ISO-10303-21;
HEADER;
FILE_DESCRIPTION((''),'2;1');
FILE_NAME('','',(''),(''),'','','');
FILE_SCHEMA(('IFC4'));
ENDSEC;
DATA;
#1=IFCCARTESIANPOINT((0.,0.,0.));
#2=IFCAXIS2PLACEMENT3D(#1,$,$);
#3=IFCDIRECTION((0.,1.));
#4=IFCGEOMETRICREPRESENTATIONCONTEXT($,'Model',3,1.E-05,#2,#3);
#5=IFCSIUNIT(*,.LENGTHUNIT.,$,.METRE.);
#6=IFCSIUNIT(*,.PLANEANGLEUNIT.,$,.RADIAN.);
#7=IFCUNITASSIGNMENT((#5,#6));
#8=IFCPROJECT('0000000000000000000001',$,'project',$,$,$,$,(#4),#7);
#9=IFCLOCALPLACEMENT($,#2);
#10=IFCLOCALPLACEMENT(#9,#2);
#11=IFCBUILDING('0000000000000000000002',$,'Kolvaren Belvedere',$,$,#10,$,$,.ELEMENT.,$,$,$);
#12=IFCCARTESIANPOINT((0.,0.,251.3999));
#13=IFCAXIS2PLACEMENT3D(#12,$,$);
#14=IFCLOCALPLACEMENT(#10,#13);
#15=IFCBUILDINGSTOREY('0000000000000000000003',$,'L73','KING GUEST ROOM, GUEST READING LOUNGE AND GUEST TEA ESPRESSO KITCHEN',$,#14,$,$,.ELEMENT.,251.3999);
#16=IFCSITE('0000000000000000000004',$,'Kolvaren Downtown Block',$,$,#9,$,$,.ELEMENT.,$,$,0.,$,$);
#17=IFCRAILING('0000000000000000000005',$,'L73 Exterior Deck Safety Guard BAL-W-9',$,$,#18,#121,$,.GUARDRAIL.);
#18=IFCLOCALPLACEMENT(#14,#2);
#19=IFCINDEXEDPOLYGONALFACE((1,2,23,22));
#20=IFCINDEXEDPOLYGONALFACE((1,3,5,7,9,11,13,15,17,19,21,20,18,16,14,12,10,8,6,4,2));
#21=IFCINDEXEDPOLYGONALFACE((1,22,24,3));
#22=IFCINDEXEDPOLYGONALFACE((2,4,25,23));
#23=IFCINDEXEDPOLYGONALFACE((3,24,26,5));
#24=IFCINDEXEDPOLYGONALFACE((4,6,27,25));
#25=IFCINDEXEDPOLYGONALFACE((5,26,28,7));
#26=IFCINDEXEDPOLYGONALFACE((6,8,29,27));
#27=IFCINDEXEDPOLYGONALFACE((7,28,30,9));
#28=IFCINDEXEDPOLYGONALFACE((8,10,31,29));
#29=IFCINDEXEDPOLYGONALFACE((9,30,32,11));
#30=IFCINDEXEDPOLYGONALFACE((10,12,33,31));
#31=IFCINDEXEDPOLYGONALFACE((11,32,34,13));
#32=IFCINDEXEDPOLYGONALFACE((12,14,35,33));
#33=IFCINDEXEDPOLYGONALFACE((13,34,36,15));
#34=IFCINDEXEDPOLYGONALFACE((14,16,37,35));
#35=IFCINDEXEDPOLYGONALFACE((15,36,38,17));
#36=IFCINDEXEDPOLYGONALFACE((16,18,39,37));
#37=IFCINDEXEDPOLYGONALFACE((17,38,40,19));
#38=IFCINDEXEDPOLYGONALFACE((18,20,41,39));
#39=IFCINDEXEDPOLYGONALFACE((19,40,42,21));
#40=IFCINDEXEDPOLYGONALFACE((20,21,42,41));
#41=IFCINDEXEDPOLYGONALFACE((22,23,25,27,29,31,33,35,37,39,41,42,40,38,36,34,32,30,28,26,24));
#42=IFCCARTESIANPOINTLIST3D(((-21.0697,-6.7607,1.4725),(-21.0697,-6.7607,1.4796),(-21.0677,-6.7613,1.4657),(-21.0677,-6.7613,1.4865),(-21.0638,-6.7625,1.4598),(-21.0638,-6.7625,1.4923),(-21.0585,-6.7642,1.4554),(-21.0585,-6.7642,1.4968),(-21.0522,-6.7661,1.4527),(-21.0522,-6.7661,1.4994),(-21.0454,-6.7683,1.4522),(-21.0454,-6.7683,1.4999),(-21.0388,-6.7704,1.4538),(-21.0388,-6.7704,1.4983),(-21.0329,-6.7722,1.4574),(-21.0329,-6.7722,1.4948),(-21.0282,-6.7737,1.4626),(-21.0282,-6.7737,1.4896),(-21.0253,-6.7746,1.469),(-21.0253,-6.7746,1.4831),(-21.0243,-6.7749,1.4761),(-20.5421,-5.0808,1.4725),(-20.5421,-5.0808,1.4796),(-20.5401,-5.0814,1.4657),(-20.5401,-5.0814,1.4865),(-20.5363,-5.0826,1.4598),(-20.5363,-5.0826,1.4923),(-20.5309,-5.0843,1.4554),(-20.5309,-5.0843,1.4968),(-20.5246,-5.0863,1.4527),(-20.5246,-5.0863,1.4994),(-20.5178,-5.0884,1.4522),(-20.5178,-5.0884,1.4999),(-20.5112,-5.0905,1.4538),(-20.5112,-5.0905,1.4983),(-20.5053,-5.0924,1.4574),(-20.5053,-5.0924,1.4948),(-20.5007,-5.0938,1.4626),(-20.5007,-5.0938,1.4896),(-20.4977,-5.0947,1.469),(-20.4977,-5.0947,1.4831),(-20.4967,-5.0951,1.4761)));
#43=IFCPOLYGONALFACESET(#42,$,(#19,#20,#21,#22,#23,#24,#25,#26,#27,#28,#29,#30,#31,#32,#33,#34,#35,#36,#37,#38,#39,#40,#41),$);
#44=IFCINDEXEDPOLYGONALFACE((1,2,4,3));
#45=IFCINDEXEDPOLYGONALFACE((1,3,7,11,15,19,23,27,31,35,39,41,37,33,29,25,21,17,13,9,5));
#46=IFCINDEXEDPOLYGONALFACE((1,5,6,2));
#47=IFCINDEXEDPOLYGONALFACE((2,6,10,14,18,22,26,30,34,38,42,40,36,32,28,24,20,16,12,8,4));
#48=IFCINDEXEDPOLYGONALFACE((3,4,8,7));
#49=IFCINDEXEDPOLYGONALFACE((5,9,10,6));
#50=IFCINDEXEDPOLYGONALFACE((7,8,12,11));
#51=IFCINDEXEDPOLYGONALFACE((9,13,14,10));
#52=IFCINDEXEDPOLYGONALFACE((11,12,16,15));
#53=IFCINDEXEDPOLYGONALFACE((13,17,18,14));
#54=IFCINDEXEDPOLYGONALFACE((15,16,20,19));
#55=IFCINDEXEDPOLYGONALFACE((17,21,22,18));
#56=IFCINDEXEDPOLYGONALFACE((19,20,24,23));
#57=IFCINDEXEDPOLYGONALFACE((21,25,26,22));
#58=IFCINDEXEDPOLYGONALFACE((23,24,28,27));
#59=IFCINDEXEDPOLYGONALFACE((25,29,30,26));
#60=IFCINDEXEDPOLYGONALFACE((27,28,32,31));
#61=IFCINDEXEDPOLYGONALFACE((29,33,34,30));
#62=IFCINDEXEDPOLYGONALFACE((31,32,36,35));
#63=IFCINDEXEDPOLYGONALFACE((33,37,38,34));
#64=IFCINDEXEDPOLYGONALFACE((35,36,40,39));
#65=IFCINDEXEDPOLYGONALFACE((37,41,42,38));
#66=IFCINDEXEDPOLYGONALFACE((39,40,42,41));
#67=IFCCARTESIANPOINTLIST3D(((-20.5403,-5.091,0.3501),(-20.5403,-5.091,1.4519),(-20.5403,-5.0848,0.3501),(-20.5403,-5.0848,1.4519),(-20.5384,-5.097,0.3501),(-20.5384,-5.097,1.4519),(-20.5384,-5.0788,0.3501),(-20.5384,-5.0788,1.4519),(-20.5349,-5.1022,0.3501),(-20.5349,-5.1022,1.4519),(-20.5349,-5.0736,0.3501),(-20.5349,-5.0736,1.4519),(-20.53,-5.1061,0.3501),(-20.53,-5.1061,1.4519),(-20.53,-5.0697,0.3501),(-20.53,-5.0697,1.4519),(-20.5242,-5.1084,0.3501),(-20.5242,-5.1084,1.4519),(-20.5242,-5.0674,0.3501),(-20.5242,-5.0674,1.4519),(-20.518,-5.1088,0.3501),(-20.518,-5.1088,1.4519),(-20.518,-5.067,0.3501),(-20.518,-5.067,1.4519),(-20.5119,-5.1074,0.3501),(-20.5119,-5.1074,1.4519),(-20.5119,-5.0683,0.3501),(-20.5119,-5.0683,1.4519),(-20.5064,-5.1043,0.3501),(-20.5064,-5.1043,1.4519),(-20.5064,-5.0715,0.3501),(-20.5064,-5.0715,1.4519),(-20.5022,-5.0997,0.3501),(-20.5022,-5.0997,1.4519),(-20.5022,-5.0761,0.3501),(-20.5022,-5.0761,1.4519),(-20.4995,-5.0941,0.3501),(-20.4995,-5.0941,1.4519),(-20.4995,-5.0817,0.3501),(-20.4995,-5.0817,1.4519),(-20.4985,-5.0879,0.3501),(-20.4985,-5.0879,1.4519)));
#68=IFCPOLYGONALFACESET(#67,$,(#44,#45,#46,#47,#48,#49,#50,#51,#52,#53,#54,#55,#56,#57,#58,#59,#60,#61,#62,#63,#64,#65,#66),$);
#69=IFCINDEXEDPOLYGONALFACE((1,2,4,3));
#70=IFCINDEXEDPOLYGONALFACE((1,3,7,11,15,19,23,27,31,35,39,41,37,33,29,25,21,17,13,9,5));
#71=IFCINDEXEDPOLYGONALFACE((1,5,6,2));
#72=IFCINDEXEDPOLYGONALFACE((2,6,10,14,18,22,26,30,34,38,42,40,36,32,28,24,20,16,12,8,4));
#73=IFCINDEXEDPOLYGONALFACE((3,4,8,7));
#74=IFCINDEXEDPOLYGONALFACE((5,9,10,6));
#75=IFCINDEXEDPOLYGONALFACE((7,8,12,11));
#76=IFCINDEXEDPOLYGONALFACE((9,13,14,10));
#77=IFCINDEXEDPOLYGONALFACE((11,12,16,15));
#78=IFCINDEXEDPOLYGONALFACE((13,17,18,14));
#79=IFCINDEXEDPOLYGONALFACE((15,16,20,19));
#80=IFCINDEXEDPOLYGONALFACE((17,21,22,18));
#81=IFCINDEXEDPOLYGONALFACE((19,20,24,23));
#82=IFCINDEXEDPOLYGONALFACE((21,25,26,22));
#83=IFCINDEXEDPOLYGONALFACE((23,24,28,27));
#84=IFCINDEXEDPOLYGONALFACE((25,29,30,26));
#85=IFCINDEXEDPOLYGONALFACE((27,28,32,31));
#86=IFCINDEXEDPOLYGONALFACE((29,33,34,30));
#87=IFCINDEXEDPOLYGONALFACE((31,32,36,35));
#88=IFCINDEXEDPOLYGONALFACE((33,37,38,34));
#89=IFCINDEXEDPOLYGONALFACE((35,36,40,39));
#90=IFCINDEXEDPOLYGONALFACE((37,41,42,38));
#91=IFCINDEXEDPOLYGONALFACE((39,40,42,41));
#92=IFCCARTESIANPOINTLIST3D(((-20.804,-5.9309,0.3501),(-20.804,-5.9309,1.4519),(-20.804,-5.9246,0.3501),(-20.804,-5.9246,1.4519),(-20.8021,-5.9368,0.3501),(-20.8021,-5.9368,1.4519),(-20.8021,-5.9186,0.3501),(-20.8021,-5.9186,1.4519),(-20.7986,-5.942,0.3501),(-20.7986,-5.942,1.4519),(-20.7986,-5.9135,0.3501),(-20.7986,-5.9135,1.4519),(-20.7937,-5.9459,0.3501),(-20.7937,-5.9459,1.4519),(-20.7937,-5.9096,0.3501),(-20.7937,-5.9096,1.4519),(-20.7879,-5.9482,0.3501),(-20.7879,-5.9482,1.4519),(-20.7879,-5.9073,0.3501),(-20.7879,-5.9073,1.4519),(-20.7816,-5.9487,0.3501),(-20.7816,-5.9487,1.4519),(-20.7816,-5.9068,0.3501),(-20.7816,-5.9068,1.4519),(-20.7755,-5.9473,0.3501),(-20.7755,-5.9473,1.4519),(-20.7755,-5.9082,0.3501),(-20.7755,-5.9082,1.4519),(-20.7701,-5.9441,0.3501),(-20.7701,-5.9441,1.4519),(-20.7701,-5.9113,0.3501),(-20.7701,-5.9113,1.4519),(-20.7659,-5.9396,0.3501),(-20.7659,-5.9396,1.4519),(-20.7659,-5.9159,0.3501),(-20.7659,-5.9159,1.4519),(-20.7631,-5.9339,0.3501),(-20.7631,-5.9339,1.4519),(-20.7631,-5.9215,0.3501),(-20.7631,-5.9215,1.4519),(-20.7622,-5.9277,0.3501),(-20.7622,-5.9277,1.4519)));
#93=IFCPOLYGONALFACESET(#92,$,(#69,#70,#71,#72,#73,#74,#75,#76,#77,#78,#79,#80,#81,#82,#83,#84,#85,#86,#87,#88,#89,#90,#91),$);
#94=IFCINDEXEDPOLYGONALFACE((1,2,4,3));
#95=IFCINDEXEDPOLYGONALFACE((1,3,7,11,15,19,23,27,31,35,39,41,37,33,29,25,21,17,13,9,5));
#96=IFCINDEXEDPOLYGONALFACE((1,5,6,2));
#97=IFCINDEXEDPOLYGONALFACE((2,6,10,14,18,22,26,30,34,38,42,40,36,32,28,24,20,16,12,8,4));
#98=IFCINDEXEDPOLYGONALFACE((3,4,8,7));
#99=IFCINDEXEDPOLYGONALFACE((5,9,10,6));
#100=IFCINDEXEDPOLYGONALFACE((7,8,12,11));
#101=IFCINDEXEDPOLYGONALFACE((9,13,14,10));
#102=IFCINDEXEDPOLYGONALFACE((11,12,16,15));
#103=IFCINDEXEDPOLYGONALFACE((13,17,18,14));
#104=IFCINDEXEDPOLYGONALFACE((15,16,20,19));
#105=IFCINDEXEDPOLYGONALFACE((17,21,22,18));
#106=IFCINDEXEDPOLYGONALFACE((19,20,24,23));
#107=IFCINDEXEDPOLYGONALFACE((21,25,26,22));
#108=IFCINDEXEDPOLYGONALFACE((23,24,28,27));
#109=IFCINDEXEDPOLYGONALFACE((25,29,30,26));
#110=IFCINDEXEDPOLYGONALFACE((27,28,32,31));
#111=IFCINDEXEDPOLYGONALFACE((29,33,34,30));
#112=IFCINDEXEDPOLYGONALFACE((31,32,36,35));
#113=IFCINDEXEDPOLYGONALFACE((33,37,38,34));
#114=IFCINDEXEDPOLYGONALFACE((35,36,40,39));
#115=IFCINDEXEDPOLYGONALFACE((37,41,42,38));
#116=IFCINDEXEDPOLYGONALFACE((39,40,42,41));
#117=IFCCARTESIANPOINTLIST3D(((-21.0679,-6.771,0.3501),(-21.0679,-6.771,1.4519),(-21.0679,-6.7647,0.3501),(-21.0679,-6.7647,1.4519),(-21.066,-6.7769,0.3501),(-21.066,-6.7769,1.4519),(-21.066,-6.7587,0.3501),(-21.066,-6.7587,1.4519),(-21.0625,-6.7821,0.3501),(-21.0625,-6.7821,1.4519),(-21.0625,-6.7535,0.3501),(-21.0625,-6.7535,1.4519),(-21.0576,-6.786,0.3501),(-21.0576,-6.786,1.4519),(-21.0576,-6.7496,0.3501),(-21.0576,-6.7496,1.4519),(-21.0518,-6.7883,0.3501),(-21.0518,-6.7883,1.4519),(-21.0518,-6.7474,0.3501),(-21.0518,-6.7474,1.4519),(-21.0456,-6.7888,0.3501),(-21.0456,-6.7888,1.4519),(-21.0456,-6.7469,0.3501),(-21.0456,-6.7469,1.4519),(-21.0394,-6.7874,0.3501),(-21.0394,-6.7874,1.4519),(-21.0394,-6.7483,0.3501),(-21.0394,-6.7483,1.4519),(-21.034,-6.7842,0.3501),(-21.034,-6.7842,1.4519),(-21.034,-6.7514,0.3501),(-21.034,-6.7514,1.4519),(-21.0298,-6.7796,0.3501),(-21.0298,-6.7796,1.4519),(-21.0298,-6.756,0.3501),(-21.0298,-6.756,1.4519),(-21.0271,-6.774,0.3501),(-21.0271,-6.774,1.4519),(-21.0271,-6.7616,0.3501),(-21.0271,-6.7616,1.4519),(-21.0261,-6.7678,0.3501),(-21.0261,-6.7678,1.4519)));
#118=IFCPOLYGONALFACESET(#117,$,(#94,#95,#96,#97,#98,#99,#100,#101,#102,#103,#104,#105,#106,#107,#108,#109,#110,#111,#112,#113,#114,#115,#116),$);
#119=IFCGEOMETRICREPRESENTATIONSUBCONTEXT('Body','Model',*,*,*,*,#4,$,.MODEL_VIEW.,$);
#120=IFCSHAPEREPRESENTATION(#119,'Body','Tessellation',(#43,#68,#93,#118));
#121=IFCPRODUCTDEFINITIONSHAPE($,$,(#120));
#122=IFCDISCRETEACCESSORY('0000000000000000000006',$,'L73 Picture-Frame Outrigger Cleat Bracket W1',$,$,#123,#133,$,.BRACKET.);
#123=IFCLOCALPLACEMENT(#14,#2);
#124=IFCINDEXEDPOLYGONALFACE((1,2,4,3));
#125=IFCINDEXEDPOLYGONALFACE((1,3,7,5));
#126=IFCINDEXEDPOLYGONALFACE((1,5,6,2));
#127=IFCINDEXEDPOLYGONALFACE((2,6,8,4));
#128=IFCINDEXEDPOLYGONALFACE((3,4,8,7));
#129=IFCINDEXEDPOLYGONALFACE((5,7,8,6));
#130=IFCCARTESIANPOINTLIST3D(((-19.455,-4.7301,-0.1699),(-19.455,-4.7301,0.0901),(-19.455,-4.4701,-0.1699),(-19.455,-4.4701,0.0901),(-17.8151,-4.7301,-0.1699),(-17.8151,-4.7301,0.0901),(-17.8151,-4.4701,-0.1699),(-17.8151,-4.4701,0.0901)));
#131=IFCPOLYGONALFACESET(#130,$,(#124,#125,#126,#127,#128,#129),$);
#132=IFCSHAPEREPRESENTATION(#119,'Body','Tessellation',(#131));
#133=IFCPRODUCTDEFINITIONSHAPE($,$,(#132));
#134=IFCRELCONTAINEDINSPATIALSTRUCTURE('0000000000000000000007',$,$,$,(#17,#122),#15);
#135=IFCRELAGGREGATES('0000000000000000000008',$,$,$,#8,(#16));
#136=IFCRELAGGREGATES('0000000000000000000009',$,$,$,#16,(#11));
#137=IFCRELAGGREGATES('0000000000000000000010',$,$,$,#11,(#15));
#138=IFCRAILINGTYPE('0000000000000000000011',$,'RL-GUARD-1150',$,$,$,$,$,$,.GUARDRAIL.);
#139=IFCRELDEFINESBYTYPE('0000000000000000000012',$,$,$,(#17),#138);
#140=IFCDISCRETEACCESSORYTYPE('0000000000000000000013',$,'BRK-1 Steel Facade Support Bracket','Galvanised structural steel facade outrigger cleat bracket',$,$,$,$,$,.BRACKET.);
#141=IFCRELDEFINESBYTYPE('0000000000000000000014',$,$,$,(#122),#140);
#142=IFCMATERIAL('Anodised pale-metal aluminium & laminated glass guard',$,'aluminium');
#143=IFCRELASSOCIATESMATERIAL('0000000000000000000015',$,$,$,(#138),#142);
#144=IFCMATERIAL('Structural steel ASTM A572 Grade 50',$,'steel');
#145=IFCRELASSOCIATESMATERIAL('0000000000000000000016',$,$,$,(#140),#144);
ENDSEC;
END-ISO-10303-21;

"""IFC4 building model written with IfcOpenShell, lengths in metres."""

from ifc_helpers import new_model, si_unit, direction, frame, origin, origin_2d, place, context, subcontext, project, spatial, rectangle, circle, extrude, material, type_object, element, save


model = new_model("IFC4")

# Units and contexts
model_context = context("Model", 3, precision=1e-05, world=origin(), true_north=direction((0.0, 1.0)))
body_context = subcontext(model_context, "Body", "Model", "MODEL_VIEW")
ifc_project = project(units=[si_unit("LENGTHUNIT", "METRE"), si_unit("PLANEANGLEUNIT", "RADIAN")], contexts=[model_context])

# Site, building, storey
site_placement = place(None, origin())
site = spatial("IfcSite", under=ifc_project, at=site_placement, Name="Kolvaren Downtown Block", CompositionType="ELEMENT", RefElevation=0.0)
building_placement = place(site_placement, origin())
building = spatial("IfcBuilding", under=site, at=building_placement, Name="Kolvaren Belvedere", CompositionType="ELEMENT")
storey_placement = place(building_placement, frame((0.0, 0.0, 251.3999)))
storey = spatial("IfcBuildingStorey", under=building, at=storey_placement, Name="L73", Description="KING GUEST ROOM, GUEST READING LOUNGE AND GUEST TEA ESPRESSO KITCHEN", CompositionType="ELEMENT", Elevation=251.3999)

# Railing
ifc_material_1 = material(Name="Anodised pale-metal aluminium & laminated glass guard", Category="aluminium")
railing_type = type_object("IfcRailingType", Name="RL-GUARD-1150", PredefinedType="GUARDRAIL", material=ifc_material_1)
railing_1_placement = place(storey_placement, frame((-20.5195, -5.0879, 0.3501)))
element("IfcRailing", 1, at=railing_1_placement, inside=storey, type_object=railing_type, Name="L73 Exterior Deck Safety Guard BAL-W-9", PredefinedType="GUARDRAIL", context=body_context, shape_type="SweptSolid", body=[
    extrude(circle(Radius=0.0239, at=origin_2d()), frame((0.0, 0.0, 1.126), z_axis=(-0.299625, -0.954057, 0.0), x_axis=(0.954057, -0.299625, 0.0)), (0.0, 0.0, 1.0), 1.7607),
    extrude(circle(Radius=0.021, at=origin_2d()), origin(), (0.0, 0.0, 1.0), 1.1018),
    extrude(circle(Radius=0.021, at=origin_2d()), frame((-0.2637, -0.8398, 0.0)), (0.0, 0.0, 1.0), 1.1018),
    extrude(circle(Radius=0.021, at=origin_2d()), frame((-0.5276, -1.6799, 0.0)), (0.0, 0.0, 1.0), 1.1018),
])

# Discrete accessory
ifc_material_2 = material(Name="Structural steel ASTM A572 Grade 50", Category="steel")
discrete_accessory_type = type_object("IfcDiscreteAccessoryType", Name="BRK-1 Steel Facade Support Bracket", Description="Galvanised structural steel facade outrigger cleat bracket", PredefinedType="BRACKET", material=ifc_material_2)
discrete_accessory_placement = place(storey_placement, frame((-18.635, -4.6001, -0.1699), z_axis=(0.0, 0.0, 1.0), x_axis=(1.0, 0.0, 0.0)))
element("IfcDiscreteAccessory", 2, at=discrete_accessory_placement, inside=storey, type_object=discrete_accessory_type, Name="L73 Picture-Frame Outrigger Cleat Bracket W1", PredefinedType="BRACKET", context=body_context, shape_type="SweptSolid", body=[
    extrude(rectangle(XDim=1.6399, YDim=0.26, at=origin_2d()), origin(), (0.0, 0.0, 1.0), 0.26),
])

save(model, "model.ifc")
